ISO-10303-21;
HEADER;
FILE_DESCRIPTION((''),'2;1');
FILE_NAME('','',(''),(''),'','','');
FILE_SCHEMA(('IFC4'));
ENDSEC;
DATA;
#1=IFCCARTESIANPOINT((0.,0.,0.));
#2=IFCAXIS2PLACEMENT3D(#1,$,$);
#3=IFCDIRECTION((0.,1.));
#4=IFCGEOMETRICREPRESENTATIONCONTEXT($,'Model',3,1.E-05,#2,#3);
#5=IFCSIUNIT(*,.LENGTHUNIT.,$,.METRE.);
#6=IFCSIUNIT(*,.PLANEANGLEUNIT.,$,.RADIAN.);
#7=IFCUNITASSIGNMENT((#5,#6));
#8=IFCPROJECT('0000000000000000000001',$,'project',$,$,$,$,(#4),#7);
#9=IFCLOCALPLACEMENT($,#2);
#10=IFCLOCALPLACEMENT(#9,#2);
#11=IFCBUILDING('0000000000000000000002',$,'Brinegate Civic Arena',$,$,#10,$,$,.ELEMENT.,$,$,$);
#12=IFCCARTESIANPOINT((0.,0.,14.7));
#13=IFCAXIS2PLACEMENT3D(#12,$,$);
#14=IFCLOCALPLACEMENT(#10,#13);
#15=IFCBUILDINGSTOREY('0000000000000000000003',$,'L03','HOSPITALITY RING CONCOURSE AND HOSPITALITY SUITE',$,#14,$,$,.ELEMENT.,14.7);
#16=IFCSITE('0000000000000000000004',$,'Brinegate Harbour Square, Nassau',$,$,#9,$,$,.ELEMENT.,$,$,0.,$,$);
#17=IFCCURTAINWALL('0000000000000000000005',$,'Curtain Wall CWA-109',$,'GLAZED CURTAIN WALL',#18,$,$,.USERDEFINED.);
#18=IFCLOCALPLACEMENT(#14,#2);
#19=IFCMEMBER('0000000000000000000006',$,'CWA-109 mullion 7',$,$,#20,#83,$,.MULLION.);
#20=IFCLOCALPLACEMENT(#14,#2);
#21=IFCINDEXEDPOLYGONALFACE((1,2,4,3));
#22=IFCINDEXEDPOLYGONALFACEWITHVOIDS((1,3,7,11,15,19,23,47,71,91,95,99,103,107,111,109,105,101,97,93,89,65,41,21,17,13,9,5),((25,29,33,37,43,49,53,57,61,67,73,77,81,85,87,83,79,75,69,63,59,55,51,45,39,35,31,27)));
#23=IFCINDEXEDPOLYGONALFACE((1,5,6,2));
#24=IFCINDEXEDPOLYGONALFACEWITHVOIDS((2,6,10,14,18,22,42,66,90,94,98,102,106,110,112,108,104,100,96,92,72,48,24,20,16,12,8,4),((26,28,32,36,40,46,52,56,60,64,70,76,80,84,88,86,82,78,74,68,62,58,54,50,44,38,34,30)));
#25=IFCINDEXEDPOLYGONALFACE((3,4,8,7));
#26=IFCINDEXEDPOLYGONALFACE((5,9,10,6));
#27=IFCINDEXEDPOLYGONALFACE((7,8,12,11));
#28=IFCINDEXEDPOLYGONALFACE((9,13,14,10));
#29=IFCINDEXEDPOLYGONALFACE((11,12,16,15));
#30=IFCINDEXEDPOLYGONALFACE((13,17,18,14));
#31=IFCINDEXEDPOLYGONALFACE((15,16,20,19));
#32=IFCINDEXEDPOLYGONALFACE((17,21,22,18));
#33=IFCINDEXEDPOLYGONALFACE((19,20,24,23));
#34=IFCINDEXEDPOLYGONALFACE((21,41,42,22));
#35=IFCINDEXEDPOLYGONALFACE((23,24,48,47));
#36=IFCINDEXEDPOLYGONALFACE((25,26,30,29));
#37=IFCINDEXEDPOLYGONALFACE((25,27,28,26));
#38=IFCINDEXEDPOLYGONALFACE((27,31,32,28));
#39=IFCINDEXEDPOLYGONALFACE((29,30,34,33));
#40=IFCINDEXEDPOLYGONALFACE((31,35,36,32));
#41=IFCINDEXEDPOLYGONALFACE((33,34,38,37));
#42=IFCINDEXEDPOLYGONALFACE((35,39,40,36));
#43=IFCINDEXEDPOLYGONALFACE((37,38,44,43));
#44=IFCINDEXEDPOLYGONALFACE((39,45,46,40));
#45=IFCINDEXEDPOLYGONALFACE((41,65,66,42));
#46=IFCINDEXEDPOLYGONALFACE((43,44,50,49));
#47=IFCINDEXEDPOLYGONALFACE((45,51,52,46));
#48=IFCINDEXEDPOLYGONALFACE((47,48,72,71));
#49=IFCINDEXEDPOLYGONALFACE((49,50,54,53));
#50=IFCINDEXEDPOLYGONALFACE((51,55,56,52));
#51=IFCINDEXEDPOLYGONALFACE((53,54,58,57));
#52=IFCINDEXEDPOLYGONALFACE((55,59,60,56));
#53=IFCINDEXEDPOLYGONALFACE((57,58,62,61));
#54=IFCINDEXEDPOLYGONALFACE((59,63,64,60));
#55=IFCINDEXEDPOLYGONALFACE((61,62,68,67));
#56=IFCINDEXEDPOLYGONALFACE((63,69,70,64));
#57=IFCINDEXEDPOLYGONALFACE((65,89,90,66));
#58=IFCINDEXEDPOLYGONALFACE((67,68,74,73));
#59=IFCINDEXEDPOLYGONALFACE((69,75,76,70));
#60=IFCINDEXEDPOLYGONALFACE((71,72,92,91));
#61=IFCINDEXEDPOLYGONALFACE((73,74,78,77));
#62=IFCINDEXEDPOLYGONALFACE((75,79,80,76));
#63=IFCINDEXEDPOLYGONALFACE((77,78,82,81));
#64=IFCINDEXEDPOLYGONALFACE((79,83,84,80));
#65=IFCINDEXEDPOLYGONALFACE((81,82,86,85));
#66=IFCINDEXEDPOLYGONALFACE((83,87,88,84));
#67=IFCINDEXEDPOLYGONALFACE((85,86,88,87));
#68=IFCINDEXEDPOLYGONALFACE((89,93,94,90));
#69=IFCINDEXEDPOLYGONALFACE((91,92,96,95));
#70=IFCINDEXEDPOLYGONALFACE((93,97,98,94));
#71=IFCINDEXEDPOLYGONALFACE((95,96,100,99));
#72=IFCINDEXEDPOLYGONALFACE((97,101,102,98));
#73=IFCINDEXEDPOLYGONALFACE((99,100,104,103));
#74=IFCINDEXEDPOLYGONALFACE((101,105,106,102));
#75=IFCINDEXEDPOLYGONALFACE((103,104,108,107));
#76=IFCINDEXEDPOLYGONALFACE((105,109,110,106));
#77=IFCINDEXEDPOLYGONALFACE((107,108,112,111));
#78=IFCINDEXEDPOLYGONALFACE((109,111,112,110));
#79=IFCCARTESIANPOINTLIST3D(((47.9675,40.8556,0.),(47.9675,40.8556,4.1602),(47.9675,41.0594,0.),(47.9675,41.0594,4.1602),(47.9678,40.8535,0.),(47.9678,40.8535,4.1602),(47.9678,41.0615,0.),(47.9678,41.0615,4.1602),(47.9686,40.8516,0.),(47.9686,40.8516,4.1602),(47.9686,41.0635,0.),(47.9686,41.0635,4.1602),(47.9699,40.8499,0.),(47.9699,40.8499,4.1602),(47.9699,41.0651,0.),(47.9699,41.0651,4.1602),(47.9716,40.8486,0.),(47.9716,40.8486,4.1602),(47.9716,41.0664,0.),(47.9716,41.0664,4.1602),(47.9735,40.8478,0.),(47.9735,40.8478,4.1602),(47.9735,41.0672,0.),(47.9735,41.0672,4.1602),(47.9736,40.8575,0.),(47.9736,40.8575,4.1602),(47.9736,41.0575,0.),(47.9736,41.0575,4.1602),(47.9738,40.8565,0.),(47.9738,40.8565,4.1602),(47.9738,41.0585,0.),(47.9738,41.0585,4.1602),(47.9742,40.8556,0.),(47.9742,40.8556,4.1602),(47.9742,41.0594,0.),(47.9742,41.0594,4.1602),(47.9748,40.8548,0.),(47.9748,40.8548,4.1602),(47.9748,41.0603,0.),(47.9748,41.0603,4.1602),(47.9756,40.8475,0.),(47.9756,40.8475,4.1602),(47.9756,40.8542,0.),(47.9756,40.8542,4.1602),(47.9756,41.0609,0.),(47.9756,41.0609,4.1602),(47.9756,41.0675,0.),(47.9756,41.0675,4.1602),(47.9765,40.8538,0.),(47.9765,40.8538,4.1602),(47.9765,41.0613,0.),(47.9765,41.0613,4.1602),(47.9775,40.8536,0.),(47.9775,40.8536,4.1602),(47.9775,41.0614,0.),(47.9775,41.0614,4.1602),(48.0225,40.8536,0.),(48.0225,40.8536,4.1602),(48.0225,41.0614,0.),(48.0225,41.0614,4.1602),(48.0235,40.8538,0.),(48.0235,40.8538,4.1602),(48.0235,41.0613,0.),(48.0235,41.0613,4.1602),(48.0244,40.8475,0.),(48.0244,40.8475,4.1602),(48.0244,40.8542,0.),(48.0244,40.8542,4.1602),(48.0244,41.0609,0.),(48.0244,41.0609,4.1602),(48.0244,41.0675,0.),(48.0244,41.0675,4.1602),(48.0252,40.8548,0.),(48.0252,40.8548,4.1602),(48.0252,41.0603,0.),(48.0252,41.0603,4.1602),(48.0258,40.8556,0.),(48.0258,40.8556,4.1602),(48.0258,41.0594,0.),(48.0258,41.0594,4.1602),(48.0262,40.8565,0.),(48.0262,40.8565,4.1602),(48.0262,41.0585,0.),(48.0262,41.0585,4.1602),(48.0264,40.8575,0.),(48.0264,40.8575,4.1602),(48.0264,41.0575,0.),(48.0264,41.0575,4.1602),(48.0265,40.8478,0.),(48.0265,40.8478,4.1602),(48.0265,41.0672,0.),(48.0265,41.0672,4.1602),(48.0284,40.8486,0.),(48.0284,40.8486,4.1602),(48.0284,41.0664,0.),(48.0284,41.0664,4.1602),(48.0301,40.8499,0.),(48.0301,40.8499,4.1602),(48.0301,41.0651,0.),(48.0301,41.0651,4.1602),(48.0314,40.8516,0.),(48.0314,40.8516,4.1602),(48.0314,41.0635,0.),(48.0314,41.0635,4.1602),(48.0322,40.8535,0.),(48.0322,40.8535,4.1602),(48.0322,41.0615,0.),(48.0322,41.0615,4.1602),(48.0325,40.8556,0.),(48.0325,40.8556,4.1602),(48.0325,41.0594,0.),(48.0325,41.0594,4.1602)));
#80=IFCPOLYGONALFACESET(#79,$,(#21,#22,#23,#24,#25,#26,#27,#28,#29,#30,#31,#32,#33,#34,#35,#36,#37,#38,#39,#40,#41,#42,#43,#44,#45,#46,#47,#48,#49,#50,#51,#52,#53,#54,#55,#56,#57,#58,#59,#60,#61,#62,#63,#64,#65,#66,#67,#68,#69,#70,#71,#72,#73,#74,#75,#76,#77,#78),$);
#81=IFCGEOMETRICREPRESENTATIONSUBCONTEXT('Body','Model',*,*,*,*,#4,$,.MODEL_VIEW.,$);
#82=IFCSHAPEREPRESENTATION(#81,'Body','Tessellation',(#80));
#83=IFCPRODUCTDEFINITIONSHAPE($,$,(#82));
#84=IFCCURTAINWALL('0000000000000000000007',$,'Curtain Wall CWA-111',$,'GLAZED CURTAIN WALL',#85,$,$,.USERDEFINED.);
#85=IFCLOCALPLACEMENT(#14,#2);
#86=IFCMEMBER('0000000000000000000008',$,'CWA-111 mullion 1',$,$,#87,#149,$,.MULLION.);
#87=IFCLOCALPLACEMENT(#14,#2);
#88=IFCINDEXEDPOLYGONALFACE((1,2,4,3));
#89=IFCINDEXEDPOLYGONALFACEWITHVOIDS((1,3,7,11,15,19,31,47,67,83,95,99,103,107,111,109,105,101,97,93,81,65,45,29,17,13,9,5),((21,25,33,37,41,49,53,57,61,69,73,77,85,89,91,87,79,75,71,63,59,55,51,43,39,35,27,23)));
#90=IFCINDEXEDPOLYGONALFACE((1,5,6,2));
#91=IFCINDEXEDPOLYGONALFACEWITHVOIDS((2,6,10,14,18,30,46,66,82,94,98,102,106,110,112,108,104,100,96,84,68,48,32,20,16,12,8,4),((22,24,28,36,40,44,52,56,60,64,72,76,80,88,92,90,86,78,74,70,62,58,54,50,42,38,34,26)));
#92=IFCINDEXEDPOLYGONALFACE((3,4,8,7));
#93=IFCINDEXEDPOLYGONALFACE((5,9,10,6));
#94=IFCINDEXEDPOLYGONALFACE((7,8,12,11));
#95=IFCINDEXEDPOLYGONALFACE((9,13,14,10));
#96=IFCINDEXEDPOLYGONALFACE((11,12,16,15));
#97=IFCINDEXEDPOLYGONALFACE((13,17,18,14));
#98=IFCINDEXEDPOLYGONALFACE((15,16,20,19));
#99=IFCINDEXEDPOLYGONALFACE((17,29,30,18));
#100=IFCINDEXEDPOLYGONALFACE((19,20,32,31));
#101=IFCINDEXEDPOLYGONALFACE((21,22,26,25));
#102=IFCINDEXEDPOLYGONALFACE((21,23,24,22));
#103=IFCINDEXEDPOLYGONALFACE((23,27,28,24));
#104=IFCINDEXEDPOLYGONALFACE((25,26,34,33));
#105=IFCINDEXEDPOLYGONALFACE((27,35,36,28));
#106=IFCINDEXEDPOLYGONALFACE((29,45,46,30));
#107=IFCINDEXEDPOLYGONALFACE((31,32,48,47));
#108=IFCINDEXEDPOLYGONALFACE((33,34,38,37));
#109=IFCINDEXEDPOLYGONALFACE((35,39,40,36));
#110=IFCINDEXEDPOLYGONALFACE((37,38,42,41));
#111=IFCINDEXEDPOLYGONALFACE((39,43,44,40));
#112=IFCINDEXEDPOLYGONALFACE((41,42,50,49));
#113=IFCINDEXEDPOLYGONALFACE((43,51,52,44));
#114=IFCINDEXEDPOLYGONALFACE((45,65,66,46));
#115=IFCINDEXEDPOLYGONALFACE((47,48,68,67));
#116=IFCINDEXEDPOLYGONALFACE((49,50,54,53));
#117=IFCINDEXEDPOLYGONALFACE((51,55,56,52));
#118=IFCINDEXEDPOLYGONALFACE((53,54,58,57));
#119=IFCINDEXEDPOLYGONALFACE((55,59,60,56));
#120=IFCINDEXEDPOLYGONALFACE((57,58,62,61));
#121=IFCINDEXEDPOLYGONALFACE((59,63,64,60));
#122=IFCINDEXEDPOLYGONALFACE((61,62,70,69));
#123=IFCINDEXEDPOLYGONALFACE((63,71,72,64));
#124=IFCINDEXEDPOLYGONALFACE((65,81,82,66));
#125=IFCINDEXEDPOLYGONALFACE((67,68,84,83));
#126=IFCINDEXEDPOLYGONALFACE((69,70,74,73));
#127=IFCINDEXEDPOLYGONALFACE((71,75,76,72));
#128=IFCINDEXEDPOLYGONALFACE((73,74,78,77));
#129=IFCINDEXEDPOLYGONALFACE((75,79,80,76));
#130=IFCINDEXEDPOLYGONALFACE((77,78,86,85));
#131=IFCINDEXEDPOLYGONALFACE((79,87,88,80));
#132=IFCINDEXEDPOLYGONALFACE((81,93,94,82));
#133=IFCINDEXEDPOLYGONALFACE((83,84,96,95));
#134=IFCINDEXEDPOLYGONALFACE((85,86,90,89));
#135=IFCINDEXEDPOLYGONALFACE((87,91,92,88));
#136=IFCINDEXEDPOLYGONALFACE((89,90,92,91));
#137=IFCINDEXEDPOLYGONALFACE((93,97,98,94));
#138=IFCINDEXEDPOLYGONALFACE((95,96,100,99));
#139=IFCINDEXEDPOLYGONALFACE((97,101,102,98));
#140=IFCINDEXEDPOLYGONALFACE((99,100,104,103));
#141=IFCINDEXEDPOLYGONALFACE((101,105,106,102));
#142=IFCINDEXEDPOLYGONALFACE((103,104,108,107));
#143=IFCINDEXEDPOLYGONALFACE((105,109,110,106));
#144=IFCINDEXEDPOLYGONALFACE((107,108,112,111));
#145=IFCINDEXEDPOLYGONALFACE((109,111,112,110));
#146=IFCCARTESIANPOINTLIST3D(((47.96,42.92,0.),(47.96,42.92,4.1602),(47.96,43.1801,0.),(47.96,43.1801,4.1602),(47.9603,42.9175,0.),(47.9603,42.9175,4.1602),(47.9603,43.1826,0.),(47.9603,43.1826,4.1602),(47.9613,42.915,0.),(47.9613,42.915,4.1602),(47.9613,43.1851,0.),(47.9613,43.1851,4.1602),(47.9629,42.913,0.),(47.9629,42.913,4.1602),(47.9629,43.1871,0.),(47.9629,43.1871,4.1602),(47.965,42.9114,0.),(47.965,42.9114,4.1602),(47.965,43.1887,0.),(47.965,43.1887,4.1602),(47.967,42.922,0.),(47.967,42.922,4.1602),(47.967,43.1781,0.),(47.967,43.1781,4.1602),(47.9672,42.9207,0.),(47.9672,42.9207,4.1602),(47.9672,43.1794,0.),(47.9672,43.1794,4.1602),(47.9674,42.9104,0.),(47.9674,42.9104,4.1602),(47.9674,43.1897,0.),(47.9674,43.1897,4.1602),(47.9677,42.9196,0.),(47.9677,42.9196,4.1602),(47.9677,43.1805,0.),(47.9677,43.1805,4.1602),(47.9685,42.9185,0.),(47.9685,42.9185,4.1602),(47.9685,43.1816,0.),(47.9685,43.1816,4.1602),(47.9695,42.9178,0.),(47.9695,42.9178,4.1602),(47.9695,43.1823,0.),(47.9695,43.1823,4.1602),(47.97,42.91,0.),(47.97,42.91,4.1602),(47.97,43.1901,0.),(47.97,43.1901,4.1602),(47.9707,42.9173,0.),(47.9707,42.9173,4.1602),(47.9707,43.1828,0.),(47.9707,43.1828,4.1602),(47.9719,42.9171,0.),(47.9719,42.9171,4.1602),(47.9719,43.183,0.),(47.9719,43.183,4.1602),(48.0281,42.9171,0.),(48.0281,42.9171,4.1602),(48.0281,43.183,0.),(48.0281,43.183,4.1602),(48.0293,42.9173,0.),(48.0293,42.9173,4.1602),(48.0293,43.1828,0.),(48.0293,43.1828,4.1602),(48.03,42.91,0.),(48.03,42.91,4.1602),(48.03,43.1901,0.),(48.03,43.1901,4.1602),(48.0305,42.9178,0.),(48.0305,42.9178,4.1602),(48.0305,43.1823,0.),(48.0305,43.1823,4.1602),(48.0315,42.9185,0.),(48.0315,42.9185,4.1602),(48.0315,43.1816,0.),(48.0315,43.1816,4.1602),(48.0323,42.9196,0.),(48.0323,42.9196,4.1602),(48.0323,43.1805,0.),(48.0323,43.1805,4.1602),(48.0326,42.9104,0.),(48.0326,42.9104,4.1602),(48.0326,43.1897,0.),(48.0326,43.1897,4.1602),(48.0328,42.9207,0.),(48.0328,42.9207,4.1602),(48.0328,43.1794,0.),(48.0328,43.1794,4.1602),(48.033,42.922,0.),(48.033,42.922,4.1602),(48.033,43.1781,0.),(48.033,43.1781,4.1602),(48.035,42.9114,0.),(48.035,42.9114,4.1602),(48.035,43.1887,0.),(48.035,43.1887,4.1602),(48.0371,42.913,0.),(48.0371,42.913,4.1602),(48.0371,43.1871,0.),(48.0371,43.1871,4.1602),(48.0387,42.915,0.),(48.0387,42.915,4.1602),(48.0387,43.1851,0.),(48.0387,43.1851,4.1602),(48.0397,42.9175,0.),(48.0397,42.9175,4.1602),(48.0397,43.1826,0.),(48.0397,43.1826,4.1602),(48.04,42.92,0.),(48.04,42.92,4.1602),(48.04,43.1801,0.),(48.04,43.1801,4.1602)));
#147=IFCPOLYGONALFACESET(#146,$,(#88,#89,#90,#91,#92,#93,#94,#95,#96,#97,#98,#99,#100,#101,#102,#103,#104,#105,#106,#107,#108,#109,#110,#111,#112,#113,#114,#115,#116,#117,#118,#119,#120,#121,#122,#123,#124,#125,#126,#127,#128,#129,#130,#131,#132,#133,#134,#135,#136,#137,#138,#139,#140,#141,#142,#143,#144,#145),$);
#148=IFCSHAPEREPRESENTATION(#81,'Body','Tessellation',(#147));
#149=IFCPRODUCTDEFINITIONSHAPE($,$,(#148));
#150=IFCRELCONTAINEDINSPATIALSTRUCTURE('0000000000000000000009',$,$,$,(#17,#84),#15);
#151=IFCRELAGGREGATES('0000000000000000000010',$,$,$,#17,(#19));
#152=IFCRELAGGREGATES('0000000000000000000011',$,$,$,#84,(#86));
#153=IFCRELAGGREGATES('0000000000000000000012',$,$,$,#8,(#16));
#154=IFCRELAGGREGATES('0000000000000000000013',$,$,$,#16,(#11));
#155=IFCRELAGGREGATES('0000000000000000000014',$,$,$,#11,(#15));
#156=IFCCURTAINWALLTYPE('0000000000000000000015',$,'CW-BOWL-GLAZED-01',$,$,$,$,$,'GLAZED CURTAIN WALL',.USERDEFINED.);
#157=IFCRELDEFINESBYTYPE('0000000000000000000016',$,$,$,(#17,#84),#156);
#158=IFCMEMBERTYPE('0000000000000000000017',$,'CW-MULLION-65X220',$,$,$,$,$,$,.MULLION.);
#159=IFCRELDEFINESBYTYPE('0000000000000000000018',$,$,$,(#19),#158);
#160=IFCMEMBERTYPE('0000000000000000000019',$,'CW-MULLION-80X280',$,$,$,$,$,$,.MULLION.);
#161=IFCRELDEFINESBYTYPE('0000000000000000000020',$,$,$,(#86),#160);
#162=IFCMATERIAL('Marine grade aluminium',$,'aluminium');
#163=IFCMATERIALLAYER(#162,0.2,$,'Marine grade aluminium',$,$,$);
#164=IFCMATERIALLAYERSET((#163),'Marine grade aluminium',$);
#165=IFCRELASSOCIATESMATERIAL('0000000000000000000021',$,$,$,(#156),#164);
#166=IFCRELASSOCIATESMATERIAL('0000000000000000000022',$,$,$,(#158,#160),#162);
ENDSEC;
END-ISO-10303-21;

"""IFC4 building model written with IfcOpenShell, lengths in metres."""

from ifc_helpers import new_model, si_unit, direction, frame, origin, origin_2d, place, context, subcontext, project, spatial, hollow_rectangle, extrude, material, layer, layer_set, material_profile, profile_set, type_object, element, aggregate, save


model = new_model("IFC4")

# Units and contexts
model_context = context("Model", 3, precision=1e-05, world=origin(), true_north=direction((0.0, 1.0)))
body_context = subcontext(model_context, "Body", "Model", "MODEL_VIEW")
ifc_project = project(units=[si_unit("LENGTHUNIT", "METRE"), si_unit("PLANEANGLEUNIT", "RADIAN")], contexts=[model_context])

# Site, building, storey
site_placement = place(None, origin())
site = spatial("IfcSite", under=ifc_project, at=site_placement, Name="Brinegate Harbour Square, Nassau", CompositionType="ELEMENT", RefElevation=0.0)
building_placement = place(site_placement, origin())
building = spatial("IfcBuilding", under=site, at=building_placement, Name="Brinegate Civic Arena", CompositionType="ELEMENT")
storey_placement = place(building_placement, frame((0.0, 0.0, 14.7)))
storey = spatial("IfcBuildingStorey", under=building, at=storey_placement, Name="L03", Description="HOSPITALITY RING CONCOURSE AND HOSPITALITY SUITE", CompositionType="ELEMENT", Elevation=14.7)

# Curtain walls, members
ifc_material_1 = material(Name="Marine grade aluminium", Category="aluminium")
ifc_layer_1 = layer(ifc_material_1, 0.2, Name="Marine grade aluminium")
ifc_layer_set_1 = layer_set([ifc_layer_1], Name="Marine grade aluminium")
curtain_wall_type = type_object("IfcCurtainWallType", Name="CW-BOWL-GLAZED-01", ElementType="GLAZED CURTAIN WALL", PredefinedType="USERDEFINED", material=ifc_layer_set_1)
curtain_wall_1_placement = place(storey_placement, origin())
curtain_wall_1 = element("IfcCurtainWall", 1, at=curtain_wall_1_placement, inside=storey, type_object=curtain_wall_type, Name="Curtain Wall CWA-109", ObjectType="GLAZED CURTAIN WALL", PredefinedType="USERDEFINED")
ifc_material_profile_1 = material_profile(ifc_material_1, hollow_rectangle(XDim=0.0649, YDim=0.22, WallThickness=0.0061, InnerFilletRadius=0.0039, OuterFilletRadius=0.0081, at=origin_2d()), Name="MUL65X220")
ifc_profile_set_1 = profile_set([ifc_material_profile_1], Name="Marine grade aluminium")
member_type_1 = type_object("IfcMemberType", Name="CW-MULLION-65X220", PredefinedType="MULLION", material=ifc_profile_set_1)
member_1_placement = place(storey_placement, frame((48.0, 40.9575, 0.0), z_axis=(0.0, 0.0, 1.0), x_axis=(-1.0, 0.0, 0.0)))
member_1 = element("IfcMember", 2, at=member_1_placement, type_object=member_type_1, Name="CWA-109 mullion 7", PredefinedType="MULLION", context=body_context, shape_type="SweptSolid", body=[
    extrude(hollow_rectangle(XDim=0.0649, YDim=0.22, WallThickness=0.0061, InnerFilletRadius=0.0039, OuterFilletRadius=0.0081, at=origin_2d()), origin(), (0.0, 0.0, 1.0), 4.1602),
])
curtain_wall_2_placement = place(storey_placement, origin())
curtain_wall_2 = element("IfcCurtainWall", 3, at=curtain_wall_2_placement, inside=storey, type_object=curtain_wall_type, Name="Curtain Wall CWA-111", ObjectType="GLAZED CURTAIN WALL", PredefinedType="USERDEFINED")
ifc_material_profile_2 = material_profile(ifc_material_1, hollow_rectangle(XDim=0.0801, YDim=0.28, WallThickness=0.0071, InnerFilletRadius=0.0049, OuterFilletRadius=0.01, at=origin_2d()), Name="MUL80X280")
ifc_profile_set_2 = profile_set([ifc_material_profile_2], Name="Marine grade aluminium")
member_type_2 = type_object("IfcMemberType", Name="CW-MULLION-80X280", PredefinedType="MULLION", material=ifc_profile_set_2)
member_2_placement = place(storey_placement, frame((48.0, 43.05, 0.0), z_axis=(0.0, 0.0, 1.0), x_axis=(-1.0, 0.0, 0.0)))
member_2 = element("IfcMember", 4, at=member_2_placement, type_object=member_type_2, Name="CWA-111 mullion 1", PredefinedType="MULLION", context=body_context, shape_type="SweptSolid", body=[
    extrude(hollow_rectangle(XDim=0.0801, YDim=0.28, WallThickness=0.0071, InnerFilletRadius=0.0049, OuterFilletRadius=0.01, at=origin_2d()), origin(), (0.0, 0.0, 1.0), 4.1602),
])

aggregate(curtain_wall_1, [member_1])
aggregate(curtain_wall_2, [member_2])

save(model, "model.ifc")
